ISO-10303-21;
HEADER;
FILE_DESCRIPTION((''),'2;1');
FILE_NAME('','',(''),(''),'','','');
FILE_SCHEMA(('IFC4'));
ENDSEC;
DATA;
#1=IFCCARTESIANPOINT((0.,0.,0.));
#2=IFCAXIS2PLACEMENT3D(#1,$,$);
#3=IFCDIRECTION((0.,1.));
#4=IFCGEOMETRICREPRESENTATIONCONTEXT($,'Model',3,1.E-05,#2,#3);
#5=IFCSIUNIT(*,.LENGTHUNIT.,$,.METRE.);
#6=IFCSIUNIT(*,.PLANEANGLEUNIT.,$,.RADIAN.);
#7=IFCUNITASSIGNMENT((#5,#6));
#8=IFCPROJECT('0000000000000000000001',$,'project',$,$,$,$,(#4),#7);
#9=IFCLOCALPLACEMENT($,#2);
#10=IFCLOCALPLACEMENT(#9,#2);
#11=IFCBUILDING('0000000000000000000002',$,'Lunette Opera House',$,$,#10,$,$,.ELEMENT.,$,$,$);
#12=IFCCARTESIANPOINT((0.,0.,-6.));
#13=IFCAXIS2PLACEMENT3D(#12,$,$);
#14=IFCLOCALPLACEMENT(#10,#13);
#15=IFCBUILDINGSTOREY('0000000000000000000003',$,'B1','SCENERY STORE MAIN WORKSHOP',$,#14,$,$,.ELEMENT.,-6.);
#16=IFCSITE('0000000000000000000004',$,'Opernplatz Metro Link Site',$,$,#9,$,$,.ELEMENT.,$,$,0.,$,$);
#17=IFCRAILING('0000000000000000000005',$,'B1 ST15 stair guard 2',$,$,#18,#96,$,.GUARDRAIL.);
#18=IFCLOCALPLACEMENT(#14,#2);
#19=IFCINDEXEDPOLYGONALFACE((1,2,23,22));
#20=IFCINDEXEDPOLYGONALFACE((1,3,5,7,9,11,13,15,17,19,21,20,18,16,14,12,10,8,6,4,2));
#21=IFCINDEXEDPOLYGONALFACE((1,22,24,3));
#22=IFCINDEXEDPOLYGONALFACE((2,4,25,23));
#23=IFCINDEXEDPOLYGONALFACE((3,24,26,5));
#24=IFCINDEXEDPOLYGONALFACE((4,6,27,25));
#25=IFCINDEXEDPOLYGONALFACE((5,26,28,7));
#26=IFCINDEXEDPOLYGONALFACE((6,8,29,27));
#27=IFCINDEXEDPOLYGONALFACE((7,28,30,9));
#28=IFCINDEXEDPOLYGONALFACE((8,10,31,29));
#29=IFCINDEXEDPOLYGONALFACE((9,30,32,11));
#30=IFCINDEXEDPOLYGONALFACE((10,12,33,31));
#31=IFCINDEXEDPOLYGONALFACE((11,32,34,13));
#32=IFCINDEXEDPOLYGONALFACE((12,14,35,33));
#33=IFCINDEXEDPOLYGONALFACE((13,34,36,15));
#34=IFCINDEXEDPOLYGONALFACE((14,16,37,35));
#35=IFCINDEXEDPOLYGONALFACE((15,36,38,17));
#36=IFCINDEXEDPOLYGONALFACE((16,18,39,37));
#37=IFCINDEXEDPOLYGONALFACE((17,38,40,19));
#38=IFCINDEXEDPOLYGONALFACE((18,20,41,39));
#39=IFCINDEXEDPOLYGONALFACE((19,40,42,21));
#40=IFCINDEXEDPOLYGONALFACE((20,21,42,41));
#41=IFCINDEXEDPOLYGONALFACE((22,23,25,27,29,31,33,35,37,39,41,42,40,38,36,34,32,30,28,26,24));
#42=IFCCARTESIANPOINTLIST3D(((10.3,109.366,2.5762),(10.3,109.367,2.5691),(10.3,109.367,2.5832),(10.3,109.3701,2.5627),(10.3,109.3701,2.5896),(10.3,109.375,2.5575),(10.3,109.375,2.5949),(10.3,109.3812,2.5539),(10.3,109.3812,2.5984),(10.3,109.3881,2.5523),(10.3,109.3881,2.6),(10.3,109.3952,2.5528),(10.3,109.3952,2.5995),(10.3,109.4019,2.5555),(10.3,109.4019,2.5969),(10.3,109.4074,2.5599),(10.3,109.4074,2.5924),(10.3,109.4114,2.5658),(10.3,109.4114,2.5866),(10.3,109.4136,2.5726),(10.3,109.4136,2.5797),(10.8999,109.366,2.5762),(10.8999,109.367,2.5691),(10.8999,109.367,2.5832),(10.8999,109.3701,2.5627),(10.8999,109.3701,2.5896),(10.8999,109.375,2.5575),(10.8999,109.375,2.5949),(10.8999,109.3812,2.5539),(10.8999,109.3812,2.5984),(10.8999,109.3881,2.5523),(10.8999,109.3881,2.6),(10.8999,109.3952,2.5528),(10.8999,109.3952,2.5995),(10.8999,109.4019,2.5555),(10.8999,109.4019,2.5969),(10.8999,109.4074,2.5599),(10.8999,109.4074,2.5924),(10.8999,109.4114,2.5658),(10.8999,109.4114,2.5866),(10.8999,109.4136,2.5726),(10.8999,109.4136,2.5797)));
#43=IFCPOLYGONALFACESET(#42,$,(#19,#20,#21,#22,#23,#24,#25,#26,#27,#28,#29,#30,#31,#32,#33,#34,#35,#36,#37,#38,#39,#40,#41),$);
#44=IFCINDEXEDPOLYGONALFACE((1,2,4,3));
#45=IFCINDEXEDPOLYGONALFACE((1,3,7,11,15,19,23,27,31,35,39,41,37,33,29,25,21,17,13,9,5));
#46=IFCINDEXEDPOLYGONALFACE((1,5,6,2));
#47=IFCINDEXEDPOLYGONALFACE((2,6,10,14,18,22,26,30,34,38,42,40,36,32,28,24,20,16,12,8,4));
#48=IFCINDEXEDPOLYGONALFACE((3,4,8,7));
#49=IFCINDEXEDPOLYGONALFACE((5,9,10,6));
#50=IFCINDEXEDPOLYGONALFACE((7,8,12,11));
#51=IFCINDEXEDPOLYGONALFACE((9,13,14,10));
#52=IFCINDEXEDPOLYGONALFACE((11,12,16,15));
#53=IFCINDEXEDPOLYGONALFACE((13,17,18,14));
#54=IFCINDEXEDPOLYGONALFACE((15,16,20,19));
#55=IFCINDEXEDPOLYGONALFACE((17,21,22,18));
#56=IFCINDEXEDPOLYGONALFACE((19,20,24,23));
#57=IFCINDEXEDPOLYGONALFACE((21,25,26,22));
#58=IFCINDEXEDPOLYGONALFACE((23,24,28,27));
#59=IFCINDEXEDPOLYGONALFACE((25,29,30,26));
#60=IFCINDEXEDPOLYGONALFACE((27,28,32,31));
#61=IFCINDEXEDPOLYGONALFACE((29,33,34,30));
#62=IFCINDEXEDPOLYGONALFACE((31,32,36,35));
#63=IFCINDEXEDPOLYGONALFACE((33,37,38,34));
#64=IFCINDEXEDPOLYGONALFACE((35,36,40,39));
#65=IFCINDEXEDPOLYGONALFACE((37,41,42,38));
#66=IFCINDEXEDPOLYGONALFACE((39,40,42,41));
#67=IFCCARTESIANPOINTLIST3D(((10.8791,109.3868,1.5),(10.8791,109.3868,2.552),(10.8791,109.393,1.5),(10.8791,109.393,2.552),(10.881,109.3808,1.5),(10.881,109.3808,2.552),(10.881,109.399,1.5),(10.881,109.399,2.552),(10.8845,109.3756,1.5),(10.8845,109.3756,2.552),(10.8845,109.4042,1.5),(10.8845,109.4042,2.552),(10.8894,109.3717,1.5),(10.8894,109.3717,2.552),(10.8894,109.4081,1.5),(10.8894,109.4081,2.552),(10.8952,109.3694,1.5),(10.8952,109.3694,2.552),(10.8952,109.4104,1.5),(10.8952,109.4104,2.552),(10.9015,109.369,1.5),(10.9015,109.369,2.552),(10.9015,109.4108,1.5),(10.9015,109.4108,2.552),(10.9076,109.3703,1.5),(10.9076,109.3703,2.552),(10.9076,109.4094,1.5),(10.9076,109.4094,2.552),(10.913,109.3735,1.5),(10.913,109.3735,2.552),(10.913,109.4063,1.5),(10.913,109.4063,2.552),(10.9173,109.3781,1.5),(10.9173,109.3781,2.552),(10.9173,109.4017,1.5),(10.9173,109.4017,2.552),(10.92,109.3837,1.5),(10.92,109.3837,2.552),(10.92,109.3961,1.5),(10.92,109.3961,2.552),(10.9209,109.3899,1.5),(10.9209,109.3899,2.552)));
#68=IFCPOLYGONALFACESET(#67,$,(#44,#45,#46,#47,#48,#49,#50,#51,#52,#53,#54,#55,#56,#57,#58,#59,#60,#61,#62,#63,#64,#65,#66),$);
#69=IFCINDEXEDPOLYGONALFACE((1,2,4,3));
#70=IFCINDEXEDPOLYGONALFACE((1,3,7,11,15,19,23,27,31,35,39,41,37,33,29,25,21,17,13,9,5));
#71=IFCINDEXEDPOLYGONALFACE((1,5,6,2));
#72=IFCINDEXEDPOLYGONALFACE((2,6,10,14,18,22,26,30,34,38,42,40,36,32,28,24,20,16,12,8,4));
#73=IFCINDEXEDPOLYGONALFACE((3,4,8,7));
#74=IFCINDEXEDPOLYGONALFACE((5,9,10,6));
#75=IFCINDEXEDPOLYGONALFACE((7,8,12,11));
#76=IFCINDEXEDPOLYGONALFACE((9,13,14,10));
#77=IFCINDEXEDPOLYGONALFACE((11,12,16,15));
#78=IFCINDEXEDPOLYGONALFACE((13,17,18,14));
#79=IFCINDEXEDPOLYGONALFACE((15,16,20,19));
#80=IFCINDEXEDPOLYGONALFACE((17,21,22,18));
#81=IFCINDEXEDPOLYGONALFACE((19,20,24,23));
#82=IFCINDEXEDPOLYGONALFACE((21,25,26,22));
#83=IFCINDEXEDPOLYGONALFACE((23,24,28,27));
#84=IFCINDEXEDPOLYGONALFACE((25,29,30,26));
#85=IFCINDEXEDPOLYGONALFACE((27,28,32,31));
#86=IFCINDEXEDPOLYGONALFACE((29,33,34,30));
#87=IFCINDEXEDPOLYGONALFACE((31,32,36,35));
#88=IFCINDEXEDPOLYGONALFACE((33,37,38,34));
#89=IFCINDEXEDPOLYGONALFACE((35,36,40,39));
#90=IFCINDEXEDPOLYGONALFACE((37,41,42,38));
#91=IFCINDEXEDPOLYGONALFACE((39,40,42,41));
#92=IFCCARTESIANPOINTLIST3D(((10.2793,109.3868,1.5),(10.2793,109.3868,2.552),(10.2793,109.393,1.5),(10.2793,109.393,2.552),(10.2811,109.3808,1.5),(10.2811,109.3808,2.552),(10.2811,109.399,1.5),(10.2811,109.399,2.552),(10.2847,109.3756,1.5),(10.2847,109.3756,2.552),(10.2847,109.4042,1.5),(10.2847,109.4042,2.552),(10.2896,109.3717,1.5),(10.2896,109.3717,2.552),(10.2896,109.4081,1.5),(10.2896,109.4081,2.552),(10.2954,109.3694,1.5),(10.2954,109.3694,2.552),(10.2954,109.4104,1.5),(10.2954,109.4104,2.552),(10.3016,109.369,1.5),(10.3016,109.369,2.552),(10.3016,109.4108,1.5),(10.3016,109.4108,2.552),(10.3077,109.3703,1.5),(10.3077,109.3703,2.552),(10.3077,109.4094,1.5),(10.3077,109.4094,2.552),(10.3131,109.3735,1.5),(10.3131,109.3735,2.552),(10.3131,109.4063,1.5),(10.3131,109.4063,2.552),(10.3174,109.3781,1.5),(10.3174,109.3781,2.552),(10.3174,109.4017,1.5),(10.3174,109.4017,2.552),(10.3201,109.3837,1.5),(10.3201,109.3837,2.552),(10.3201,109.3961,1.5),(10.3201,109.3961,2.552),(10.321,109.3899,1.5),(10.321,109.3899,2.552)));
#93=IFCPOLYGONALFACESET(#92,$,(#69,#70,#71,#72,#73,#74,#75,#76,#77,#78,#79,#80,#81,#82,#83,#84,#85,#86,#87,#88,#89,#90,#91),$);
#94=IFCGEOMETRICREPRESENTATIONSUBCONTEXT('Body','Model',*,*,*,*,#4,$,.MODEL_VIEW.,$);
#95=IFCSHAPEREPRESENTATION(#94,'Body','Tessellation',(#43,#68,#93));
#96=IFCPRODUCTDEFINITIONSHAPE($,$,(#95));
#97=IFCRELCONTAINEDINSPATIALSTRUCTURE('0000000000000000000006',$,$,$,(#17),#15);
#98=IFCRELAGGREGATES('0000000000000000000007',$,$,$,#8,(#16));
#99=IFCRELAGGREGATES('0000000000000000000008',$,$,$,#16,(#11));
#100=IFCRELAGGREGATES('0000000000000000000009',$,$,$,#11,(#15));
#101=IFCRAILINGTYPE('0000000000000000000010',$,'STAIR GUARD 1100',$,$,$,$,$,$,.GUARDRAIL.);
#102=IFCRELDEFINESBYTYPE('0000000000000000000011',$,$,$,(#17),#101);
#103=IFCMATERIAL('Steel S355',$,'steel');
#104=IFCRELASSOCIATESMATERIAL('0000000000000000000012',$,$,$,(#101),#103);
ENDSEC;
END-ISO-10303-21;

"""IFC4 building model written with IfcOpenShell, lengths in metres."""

from ifc_helpers import new_model, si_unit, direction, frame, origin, origin_2d, place, context, subcontext, project, spatial, circle, extrude, material, type_object, element, save


model = new_model("IFC4")

# Units and contexts
model_context = context("Model", 3, precision=1e-05, world=origin(), true_north=direction((0.0, 1.0)))
body_context = subcontext(model_context, "Body", "Model", "MODEL_VIEW")
ifc_project = project(units=[si_unit("LENGTHUNIT", "METRE"), si_unit("PLANEANGLEUNIT", "RADIAN")], contexts=[model_context])

# Site, building, storey
site_placement = place(None, origin())
site = spatial("IfcSite", under=ifc_project, at=site_placement, Name="Opernplatz Metro Link Site", CompositionType="ELEMENT", RefElevation=0.0)
building_placement = place(site_placement, origin())
building = spatial("IfcBuilding", under=site, at=building_placement, Name="Lunette Opera House", CompositionType="ELEMENT")
storey_placement = place(building_placement, frame((0.0, 0.0, -6.0)))
storey = spatial("IfcBuildingStorey", under=building, at=storey_placement, Name="B1", Description="SCENERY STORE MAIN WORKSHOP", CompositionType="ELEMENT", Elevation=-6.0)

# Railing
ifc_material_1 = material(Name="Steel S355", Category="steel")
railing_type_1 = type_object("IfcRailingType", Name="STAIR GUARD 1100", PredefinedType="GUARDRAIL", material=ifc_material_1)
railing_1_placement = place(storey_placement, frame((10.8999, 109.3899, 1.5)))
element("IfcRailing", 1, at=railing_1_placement, inside=storey, type_object=railing_type_1, Name="B1 ST15 stair guard 2", PredefinedType="GUARDRAIL", context=body_context, shape_type="SweptSolid", body=[
    extrude(circle(Radius=0.0239, at=origin_2d()), frame((0.0, 0.0, 1.0762), z_axis=(-1.0, 0.0, 0.0), x_axis=(0.0, -1.0, 0.0)), (0.0, 0.0, 1.0), 0.5999),
    extrude(circle(Radius=0.021, at=origin_2d()), origin(), (0.0, 0.0, 1.0), 1.052),
    extrude(circle(Radius=0.021, at=origin_2d()), frame((-0.5999, 0.0, 0.0)), (0.0, 0.0, 1.0), 1.052),
])

save(model, "model.ifc")
